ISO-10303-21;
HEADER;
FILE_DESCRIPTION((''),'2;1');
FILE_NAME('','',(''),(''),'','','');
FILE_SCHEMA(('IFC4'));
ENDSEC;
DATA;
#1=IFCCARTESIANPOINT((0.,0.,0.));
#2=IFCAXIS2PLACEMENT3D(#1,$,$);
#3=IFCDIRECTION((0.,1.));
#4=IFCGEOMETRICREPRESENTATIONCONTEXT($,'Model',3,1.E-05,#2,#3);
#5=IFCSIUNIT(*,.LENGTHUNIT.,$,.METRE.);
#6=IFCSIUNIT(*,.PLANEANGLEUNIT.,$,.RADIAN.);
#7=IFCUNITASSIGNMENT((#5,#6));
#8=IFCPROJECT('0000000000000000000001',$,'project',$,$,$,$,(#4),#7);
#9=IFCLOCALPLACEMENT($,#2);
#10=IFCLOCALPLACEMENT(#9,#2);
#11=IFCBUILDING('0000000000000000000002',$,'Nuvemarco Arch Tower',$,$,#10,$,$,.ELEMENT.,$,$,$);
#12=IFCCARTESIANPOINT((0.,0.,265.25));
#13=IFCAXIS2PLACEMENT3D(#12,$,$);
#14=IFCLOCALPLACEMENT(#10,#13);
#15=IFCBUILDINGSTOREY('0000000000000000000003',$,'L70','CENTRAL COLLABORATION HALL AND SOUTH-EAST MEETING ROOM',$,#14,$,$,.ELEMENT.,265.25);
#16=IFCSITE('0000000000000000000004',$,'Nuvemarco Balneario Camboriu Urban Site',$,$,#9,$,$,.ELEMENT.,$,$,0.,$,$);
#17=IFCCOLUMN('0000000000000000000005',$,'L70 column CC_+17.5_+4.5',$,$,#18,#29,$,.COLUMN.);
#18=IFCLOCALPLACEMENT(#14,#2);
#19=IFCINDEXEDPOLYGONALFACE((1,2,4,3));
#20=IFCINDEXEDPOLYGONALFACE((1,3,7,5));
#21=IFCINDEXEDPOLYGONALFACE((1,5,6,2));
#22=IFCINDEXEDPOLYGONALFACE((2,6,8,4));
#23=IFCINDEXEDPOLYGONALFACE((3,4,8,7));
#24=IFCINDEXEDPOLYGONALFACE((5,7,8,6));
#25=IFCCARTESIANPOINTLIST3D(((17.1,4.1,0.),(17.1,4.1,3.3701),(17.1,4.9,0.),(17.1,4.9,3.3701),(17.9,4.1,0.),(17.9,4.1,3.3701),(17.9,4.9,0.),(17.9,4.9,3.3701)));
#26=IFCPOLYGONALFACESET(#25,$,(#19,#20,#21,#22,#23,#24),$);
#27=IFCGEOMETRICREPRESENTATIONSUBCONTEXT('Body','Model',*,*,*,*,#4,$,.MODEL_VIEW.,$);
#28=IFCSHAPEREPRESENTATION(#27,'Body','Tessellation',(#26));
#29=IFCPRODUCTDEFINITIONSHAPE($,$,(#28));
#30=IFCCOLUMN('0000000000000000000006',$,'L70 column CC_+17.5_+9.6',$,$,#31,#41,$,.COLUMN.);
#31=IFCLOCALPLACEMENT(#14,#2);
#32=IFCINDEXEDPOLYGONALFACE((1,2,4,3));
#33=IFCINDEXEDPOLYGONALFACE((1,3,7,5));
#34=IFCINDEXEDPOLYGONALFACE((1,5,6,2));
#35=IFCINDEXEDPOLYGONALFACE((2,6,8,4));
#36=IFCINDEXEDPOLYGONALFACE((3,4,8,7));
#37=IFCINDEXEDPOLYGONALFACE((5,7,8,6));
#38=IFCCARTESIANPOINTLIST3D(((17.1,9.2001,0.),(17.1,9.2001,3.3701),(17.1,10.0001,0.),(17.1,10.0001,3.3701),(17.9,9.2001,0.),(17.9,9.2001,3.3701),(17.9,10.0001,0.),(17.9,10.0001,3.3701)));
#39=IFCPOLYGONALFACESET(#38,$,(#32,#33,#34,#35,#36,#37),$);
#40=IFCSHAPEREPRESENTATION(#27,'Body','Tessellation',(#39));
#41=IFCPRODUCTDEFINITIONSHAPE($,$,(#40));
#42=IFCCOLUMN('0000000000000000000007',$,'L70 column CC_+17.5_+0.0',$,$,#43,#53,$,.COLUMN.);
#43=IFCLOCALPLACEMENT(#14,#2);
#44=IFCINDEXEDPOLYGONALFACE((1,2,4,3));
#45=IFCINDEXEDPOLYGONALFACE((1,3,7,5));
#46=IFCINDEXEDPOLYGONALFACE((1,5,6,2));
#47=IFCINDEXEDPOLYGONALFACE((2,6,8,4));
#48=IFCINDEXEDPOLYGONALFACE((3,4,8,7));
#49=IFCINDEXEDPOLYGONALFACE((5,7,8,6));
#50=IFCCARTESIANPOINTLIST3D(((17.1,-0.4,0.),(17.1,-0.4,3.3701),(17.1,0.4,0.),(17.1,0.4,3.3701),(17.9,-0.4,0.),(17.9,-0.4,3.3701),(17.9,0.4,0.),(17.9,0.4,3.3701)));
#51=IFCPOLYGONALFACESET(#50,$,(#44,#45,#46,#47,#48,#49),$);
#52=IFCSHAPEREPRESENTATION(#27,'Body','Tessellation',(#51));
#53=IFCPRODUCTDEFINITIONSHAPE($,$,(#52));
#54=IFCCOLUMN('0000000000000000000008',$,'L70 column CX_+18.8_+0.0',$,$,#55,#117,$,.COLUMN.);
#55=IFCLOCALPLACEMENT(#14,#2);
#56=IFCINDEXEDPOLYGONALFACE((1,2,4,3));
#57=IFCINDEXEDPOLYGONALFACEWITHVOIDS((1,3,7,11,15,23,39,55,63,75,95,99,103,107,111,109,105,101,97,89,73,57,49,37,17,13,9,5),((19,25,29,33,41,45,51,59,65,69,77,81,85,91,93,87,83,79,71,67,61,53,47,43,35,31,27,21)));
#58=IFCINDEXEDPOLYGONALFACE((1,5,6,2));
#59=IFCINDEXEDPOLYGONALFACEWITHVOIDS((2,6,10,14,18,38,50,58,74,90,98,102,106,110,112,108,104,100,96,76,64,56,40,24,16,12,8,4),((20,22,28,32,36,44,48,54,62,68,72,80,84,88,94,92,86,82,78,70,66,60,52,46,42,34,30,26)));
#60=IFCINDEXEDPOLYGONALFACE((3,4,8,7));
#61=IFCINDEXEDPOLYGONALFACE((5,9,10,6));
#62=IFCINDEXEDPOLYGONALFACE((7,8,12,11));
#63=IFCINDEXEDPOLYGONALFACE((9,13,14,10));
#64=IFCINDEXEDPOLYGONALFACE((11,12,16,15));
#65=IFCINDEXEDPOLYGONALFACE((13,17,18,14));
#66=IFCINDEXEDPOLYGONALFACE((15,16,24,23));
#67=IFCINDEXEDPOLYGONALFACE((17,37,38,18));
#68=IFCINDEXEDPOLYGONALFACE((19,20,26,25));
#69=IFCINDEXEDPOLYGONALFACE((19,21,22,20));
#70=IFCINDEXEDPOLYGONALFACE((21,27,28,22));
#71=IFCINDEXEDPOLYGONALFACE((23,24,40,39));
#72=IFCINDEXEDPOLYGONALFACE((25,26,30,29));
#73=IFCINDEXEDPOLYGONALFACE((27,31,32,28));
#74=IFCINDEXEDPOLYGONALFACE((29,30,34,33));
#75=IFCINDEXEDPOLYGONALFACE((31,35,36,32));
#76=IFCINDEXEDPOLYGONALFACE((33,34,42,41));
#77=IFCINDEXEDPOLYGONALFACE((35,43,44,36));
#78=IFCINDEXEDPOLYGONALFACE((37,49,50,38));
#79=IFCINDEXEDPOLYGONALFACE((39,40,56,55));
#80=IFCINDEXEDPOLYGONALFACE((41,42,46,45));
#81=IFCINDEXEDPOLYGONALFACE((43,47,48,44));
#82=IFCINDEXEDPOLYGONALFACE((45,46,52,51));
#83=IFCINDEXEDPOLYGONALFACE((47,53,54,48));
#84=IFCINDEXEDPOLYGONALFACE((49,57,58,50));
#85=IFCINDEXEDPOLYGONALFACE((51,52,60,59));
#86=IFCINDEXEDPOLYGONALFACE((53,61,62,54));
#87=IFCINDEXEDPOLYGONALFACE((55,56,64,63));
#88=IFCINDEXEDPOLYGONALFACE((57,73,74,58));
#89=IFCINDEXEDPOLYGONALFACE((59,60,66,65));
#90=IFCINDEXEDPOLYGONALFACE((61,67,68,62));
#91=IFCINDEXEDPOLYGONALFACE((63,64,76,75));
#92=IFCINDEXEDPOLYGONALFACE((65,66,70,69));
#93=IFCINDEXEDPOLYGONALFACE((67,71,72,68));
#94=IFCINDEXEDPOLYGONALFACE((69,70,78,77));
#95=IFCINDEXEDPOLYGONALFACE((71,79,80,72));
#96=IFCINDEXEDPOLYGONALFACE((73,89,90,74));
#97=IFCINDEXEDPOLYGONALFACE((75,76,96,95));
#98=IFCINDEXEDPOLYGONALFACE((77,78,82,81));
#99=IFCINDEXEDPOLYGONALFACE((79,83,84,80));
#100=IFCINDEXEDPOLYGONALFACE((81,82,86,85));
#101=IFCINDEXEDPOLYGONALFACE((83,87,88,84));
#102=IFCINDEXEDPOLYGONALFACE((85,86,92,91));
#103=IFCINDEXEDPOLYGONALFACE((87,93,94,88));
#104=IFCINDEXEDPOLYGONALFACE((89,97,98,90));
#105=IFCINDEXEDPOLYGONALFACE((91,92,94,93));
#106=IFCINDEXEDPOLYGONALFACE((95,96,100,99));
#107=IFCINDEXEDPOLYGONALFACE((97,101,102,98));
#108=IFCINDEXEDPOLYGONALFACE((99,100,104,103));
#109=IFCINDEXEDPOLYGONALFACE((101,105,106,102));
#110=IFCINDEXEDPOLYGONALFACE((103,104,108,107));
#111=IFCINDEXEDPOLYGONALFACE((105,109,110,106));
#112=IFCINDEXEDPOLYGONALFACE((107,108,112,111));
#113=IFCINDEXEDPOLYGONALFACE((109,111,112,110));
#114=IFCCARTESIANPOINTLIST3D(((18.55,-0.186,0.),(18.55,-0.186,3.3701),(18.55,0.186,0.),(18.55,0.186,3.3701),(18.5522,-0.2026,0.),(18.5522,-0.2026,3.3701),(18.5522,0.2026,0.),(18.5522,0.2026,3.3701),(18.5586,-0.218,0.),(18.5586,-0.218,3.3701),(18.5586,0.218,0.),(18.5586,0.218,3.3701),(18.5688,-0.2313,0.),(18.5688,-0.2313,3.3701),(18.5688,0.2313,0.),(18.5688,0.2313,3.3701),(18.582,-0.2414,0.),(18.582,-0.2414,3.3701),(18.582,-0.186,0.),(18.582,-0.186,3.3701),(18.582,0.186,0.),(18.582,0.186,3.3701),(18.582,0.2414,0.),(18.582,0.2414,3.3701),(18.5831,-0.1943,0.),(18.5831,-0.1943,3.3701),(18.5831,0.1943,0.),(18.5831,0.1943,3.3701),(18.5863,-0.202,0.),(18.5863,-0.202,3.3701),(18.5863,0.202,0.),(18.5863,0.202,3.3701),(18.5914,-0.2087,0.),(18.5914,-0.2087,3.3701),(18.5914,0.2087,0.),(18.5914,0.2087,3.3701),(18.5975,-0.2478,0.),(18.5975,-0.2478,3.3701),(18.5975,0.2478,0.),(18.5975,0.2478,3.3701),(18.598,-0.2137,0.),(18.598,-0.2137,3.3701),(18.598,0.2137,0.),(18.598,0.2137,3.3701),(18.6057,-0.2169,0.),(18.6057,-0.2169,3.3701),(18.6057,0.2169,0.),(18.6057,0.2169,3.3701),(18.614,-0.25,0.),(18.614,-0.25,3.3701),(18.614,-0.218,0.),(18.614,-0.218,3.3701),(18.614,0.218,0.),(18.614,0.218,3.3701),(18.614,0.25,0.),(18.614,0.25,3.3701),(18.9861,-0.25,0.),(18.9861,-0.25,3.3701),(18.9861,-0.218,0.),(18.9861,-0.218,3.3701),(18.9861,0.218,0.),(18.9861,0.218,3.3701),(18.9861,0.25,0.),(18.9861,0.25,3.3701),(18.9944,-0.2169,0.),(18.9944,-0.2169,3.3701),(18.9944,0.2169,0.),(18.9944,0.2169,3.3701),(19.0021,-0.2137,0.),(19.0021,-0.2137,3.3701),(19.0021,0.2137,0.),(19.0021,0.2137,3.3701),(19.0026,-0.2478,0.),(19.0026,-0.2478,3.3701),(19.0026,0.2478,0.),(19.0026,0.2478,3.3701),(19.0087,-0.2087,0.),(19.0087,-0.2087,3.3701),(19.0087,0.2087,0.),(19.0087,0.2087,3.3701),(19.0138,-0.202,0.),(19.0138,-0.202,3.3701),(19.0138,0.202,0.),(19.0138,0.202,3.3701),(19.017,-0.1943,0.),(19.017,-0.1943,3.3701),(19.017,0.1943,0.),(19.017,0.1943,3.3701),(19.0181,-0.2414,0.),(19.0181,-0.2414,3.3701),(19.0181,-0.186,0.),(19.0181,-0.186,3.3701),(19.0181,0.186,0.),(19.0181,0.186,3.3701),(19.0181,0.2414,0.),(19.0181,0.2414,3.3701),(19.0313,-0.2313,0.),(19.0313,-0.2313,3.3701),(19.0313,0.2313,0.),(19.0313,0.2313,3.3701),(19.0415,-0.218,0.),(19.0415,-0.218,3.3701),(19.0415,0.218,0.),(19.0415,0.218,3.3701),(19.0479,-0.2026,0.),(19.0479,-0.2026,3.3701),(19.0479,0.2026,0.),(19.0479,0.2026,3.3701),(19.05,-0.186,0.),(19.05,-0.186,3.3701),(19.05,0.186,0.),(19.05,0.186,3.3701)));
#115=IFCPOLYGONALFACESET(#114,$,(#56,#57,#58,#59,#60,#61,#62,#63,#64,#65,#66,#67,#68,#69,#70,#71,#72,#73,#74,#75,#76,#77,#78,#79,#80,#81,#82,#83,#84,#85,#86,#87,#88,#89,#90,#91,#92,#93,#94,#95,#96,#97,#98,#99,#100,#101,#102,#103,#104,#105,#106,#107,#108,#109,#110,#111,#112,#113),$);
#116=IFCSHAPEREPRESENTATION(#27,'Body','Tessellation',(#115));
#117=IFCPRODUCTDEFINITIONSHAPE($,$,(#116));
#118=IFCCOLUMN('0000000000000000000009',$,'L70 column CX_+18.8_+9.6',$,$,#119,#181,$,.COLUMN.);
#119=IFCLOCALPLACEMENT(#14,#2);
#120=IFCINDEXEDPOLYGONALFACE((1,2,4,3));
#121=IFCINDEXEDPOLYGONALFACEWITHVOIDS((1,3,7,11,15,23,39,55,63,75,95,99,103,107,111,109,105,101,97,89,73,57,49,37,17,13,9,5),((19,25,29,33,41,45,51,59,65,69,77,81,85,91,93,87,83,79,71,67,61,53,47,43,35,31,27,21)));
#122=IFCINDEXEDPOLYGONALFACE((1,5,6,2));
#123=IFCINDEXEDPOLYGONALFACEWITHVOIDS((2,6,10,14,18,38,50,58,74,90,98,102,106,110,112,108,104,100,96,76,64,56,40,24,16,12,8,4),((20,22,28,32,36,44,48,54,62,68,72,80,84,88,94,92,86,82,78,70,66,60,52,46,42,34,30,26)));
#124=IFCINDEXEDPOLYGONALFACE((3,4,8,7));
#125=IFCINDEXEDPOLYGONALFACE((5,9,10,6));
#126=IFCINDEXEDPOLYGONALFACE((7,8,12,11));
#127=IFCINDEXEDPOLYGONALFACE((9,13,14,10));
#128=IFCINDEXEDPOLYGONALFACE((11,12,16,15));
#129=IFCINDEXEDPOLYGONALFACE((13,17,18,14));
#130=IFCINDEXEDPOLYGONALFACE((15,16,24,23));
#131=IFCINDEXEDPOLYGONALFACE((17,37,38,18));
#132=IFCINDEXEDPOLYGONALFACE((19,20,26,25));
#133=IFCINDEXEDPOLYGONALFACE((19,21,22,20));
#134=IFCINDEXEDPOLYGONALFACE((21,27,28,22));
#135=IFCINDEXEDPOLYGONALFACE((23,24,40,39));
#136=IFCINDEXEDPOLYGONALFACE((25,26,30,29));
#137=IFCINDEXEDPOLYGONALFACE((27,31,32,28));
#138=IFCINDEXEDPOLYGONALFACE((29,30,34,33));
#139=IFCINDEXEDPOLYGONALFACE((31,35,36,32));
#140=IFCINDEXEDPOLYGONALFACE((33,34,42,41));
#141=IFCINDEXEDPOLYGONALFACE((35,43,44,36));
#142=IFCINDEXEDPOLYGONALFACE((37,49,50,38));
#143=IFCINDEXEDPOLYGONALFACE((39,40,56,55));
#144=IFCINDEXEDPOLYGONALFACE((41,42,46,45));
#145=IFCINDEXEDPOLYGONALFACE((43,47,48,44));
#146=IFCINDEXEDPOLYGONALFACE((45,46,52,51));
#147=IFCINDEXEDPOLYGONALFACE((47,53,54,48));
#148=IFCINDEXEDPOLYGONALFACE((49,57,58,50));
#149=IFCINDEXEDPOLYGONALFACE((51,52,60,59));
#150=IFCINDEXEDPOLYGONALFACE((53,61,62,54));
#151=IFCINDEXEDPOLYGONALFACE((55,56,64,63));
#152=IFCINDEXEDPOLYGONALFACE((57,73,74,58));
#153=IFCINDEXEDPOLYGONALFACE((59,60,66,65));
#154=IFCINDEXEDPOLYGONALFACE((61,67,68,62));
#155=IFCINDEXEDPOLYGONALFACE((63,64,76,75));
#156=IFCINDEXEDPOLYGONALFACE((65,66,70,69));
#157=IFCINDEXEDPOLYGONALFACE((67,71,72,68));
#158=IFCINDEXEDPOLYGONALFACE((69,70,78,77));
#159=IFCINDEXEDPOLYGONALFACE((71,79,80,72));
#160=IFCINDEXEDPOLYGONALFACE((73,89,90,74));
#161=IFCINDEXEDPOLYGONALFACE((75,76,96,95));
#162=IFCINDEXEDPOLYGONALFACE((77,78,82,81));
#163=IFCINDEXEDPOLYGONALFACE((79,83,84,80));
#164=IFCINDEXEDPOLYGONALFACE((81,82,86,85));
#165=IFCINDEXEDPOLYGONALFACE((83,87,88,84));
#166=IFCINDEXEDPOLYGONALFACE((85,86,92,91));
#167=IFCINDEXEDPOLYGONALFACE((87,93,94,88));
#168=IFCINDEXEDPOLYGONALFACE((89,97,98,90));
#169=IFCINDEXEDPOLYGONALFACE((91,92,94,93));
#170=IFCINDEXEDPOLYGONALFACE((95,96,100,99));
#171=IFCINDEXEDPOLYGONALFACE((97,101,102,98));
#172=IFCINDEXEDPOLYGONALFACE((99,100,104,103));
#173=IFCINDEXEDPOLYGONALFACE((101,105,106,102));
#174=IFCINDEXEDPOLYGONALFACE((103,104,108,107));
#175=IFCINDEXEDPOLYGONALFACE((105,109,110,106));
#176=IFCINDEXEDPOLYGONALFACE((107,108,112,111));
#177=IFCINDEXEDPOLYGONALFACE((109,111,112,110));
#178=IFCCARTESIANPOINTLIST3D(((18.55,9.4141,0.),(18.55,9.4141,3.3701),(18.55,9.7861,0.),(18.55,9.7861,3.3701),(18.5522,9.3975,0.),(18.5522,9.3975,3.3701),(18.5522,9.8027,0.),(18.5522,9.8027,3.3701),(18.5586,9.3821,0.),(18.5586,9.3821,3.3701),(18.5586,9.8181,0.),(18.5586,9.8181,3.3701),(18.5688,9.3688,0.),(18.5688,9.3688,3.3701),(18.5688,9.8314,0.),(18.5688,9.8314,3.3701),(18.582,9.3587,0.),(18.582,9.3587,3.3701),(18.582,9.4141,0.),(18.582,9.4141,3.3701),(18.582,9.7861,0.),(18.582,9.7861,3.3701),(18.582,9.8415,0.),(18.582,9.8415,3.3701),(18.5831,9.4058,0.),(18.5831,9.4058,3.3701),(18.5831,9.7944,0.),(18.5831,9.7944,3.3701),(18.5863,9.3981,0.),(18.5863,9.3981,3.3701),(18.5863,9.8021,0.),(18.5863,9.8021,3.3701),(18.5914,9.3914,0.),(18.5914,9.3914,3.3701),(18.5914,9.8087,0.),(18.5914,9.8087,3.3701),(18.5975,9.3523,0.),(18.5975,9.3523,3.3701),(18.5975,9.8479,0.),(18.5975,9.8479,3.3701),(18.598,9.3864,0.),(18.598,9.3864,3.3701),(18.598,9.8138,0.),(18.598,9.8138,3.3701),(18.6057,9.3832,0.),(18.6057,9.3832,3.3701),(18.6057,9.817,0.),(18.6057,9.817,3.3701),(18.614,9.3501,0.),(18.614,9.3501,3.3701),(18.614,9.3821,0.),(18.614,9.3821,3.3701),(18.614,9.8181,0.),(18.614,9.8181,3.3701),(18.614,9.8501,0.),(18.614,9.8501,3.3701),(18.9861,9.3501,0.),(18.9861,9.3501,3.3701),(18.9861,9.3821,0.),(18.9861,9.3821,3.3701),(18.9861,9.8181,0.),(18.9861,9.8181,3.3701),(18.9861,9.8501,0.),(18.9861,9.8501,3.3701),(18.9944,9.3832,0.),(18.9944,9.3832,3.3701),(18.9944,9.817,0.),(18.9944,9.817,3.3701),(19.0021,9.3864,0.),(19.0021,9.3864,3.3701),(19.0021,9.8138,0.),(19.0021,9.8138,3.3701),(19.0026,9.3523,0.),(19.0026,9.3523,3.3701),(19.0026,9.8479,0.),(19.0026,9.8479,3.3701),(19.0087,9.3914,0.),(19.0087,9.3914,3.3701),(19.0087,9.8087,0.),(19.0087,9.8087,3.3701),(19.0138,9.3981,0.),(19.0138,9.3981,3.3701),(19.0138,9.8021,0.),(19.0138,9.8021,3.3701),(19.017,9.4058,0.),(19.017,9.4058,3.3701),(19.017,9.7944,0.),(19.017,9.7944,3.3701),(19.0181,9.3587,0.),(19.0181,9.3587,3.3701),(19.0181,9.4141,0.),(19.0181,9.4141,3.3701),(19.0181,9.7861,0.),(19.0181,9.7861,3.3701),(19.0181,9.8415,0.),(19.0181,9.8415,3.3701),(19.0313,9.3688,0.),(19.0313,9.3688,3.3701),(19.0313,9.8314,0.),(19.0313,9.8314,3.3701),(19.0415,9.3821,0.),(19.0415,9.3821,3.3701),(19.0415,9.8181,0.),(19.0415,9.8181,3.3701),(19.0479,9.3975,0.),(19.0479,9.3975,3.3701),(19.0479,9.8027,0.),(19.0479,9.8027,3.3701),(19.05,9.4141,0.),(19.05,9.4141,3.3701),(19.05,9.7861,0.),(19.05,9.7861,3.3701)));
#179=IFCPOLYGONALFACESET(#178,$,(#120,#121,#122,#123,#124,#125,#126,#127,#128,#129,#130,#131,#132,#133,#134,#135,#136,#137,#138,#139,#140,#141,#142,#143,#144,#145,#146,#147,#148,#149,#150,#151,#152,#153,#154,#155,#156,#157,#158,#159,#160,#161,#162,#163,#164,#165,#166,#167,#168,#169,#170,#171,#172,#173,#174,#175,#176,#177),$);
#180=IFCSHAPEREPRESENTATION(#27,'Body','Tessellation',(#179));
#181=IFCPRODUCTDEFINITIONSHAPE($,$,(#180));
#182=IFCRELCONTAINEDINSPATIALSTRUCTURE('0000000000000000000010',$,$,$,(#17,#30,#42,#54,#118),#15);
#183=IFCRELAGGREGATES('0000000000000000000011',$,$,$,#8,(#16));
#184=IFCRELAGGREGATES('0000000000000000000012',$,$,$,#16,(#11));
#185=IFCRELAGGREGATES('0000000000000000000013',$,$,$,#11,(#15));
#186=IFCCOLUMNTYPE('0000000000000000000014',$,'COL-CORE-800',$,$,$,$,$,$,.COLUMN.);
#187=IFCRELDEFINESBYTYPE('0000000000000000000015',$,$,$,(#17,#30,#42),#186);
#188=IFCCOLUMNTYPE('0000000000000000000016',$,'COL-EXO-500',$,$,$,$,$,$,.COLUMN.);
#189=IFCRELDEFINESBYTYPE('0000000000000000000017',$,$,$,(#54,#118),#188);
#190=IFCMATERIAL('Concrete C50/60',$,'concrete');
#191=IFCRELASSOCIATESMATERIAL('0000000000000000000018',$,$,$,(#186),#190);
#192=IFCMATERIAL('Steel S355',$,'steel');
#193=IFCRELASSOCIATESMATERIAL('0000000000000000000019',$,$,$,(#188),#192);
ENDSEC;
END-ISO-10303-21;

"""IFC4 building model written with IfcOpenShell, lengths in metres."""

from ifc_helpers import new_model, si_unit, direction, frame, origin, origin_2d, place, context, subcontext, project, spatial, rectangle, hollow_rectangle, extrude, material, material_profile, profile_set, type_object, element, save


model = new_model("IFC4")

# Units and contexts
model_context = context("Model", 3, precision=1e-05, world=origin(), true_north=direction((0.0, 1.0)))
body_context = subcontext(model_context, "Body", "Model", "MODEL_VIEW")
ifc_project = project(units=[si_unit("LENGTHUNIT", "METRE"), si_unit("PLANEANGLEUNIT", "RADIAN")], contexts=[model_context])

# Site, building, storey
site_placement = place(None, origin())
site = spatial("IfcSite", under=ifc_project, at=site_placement, Name="Nuvemarco Balneario Camboriu Urban Site", CompositionType="ELEMENT", RefElevation=0.0)
building_placement = place(site_placement, origin())
building = spatial("IfcBuilding", under=site, at=building_placement, Name="Nuvemarco Arch Tower", CompositionType="ELEMENT")
storey_placement = place(building_placement, frame((0.0, 0.0, 265.25)))
storey = spatial("IfcBuildingStorey", under=building, at=storey_placement, Name="L70", Description="CENTRAL COLLABORATION HALL AND SOUTH-EAST MEETING ROOM", CompositionType="ELEMENT", Elevation=265.25)

# Columns
ifc_material_1 = material(Name="Concrete C50/60", Category="concrete")
ifc_material_profile_1 = material_profile(ifc_material_1, rectangle(XDim=0.8, YDim=0.8, at=origin_2d()), Name="RC-COL-800x800")
ifc_profile_set_1 = profile_set([ifc_material_profile_1], Name="Concrete C50/60")
column_type_1 = type_object("IfcColumnType", Name="COL-CORE-800", PredefinedType="COLUMN", material=ifc_profile_set_1)
for number, where, z_axis, x_axis, name in (
    (1, (17.5, 4.5, 0.0), (0.0, 0.0, 1.0), (1.0, 0.0, 0.0), "L70 column CC_+17.5_+4.5"),
    (2, (17.5, 9.6001, 0.0), (0.0, 0.0, 1.0), (1.0, 0.0, 0.0), "L70 column CC_+17.5_+9.6"),
    (3, (17.5, 0.0, 0.0), (0.0, 0.0, 1.0), (1.0, 0.0, 0.0), "L70 column CC_+17.5_+0.0"),
):
    element("IfcColumn", number, at=place(storey_placement, frame(where, z_axis=z_axis, x_axis=x_axis)), inside=storey, type_object=column_type_1, Name=name, PredefinedType="COLUMN", context=body_context, shape_type="SweptSolid", body=[
        extrude(rectangle(XDim=0.8, YDim=0.8, at=origin_2d()), origin(), (0.0, 0.0, 1.0), 3.3701),
    ])
ifc_material_2 = material(Name="Steel S355", Category="steel")
ifc_material_profile_2 = material_profile(ifc_material_2, hollow_rectangle(XDim=0.5, YDim=0.5, WallThickness=0.032, InnerFilletRadius=0.032, OuterFilletRadius=0.064, at=origin_2d()), Name="SHS500x500x32")
ifc_profile_set_2 = profile_set([ifc_material_profile_2], Name="Steel S355")
column_type_2 = type_object("IfcColumnType", Name="COL-EXO-500", PredefinedType="COLUMN", material=ifc_profile_set_2)
for number, where, z_axis, x_axis, name in (
    (4, (18.8, 0.0, 0.0), (0.0, 0.0, 1.0), (1.0, 0.0, 0.0), "L70 column CX_+18.8_+0.0"),
    (5, (18.8, 9.6001, 0.0), (0.0, 0.0, 1.0), (1.0, 0.0, 0.0), "L70 column CX_+18.8_+9.6"),
):
    element("IfcColumn", number, at=place(storey_placement, frame(where, z_axis=z_axis, x_axis=x_axis)), inside=storey, type_object=column_type_2, Name=name, PredefinedType="COLUMN", context=body_context, shape_type="SweptSolid", body=[
        extrude(hollow_rectangle(XDim=0.5, YDim=0.5, WallThickness=0.032, InnerFilletRadius=0.032, OuterFilletRadius=0.064, at=origin_2d()), origin(), (0.0, 0.0, 1.0), 3.3701),
    ])

save(model, "model.ifc")
